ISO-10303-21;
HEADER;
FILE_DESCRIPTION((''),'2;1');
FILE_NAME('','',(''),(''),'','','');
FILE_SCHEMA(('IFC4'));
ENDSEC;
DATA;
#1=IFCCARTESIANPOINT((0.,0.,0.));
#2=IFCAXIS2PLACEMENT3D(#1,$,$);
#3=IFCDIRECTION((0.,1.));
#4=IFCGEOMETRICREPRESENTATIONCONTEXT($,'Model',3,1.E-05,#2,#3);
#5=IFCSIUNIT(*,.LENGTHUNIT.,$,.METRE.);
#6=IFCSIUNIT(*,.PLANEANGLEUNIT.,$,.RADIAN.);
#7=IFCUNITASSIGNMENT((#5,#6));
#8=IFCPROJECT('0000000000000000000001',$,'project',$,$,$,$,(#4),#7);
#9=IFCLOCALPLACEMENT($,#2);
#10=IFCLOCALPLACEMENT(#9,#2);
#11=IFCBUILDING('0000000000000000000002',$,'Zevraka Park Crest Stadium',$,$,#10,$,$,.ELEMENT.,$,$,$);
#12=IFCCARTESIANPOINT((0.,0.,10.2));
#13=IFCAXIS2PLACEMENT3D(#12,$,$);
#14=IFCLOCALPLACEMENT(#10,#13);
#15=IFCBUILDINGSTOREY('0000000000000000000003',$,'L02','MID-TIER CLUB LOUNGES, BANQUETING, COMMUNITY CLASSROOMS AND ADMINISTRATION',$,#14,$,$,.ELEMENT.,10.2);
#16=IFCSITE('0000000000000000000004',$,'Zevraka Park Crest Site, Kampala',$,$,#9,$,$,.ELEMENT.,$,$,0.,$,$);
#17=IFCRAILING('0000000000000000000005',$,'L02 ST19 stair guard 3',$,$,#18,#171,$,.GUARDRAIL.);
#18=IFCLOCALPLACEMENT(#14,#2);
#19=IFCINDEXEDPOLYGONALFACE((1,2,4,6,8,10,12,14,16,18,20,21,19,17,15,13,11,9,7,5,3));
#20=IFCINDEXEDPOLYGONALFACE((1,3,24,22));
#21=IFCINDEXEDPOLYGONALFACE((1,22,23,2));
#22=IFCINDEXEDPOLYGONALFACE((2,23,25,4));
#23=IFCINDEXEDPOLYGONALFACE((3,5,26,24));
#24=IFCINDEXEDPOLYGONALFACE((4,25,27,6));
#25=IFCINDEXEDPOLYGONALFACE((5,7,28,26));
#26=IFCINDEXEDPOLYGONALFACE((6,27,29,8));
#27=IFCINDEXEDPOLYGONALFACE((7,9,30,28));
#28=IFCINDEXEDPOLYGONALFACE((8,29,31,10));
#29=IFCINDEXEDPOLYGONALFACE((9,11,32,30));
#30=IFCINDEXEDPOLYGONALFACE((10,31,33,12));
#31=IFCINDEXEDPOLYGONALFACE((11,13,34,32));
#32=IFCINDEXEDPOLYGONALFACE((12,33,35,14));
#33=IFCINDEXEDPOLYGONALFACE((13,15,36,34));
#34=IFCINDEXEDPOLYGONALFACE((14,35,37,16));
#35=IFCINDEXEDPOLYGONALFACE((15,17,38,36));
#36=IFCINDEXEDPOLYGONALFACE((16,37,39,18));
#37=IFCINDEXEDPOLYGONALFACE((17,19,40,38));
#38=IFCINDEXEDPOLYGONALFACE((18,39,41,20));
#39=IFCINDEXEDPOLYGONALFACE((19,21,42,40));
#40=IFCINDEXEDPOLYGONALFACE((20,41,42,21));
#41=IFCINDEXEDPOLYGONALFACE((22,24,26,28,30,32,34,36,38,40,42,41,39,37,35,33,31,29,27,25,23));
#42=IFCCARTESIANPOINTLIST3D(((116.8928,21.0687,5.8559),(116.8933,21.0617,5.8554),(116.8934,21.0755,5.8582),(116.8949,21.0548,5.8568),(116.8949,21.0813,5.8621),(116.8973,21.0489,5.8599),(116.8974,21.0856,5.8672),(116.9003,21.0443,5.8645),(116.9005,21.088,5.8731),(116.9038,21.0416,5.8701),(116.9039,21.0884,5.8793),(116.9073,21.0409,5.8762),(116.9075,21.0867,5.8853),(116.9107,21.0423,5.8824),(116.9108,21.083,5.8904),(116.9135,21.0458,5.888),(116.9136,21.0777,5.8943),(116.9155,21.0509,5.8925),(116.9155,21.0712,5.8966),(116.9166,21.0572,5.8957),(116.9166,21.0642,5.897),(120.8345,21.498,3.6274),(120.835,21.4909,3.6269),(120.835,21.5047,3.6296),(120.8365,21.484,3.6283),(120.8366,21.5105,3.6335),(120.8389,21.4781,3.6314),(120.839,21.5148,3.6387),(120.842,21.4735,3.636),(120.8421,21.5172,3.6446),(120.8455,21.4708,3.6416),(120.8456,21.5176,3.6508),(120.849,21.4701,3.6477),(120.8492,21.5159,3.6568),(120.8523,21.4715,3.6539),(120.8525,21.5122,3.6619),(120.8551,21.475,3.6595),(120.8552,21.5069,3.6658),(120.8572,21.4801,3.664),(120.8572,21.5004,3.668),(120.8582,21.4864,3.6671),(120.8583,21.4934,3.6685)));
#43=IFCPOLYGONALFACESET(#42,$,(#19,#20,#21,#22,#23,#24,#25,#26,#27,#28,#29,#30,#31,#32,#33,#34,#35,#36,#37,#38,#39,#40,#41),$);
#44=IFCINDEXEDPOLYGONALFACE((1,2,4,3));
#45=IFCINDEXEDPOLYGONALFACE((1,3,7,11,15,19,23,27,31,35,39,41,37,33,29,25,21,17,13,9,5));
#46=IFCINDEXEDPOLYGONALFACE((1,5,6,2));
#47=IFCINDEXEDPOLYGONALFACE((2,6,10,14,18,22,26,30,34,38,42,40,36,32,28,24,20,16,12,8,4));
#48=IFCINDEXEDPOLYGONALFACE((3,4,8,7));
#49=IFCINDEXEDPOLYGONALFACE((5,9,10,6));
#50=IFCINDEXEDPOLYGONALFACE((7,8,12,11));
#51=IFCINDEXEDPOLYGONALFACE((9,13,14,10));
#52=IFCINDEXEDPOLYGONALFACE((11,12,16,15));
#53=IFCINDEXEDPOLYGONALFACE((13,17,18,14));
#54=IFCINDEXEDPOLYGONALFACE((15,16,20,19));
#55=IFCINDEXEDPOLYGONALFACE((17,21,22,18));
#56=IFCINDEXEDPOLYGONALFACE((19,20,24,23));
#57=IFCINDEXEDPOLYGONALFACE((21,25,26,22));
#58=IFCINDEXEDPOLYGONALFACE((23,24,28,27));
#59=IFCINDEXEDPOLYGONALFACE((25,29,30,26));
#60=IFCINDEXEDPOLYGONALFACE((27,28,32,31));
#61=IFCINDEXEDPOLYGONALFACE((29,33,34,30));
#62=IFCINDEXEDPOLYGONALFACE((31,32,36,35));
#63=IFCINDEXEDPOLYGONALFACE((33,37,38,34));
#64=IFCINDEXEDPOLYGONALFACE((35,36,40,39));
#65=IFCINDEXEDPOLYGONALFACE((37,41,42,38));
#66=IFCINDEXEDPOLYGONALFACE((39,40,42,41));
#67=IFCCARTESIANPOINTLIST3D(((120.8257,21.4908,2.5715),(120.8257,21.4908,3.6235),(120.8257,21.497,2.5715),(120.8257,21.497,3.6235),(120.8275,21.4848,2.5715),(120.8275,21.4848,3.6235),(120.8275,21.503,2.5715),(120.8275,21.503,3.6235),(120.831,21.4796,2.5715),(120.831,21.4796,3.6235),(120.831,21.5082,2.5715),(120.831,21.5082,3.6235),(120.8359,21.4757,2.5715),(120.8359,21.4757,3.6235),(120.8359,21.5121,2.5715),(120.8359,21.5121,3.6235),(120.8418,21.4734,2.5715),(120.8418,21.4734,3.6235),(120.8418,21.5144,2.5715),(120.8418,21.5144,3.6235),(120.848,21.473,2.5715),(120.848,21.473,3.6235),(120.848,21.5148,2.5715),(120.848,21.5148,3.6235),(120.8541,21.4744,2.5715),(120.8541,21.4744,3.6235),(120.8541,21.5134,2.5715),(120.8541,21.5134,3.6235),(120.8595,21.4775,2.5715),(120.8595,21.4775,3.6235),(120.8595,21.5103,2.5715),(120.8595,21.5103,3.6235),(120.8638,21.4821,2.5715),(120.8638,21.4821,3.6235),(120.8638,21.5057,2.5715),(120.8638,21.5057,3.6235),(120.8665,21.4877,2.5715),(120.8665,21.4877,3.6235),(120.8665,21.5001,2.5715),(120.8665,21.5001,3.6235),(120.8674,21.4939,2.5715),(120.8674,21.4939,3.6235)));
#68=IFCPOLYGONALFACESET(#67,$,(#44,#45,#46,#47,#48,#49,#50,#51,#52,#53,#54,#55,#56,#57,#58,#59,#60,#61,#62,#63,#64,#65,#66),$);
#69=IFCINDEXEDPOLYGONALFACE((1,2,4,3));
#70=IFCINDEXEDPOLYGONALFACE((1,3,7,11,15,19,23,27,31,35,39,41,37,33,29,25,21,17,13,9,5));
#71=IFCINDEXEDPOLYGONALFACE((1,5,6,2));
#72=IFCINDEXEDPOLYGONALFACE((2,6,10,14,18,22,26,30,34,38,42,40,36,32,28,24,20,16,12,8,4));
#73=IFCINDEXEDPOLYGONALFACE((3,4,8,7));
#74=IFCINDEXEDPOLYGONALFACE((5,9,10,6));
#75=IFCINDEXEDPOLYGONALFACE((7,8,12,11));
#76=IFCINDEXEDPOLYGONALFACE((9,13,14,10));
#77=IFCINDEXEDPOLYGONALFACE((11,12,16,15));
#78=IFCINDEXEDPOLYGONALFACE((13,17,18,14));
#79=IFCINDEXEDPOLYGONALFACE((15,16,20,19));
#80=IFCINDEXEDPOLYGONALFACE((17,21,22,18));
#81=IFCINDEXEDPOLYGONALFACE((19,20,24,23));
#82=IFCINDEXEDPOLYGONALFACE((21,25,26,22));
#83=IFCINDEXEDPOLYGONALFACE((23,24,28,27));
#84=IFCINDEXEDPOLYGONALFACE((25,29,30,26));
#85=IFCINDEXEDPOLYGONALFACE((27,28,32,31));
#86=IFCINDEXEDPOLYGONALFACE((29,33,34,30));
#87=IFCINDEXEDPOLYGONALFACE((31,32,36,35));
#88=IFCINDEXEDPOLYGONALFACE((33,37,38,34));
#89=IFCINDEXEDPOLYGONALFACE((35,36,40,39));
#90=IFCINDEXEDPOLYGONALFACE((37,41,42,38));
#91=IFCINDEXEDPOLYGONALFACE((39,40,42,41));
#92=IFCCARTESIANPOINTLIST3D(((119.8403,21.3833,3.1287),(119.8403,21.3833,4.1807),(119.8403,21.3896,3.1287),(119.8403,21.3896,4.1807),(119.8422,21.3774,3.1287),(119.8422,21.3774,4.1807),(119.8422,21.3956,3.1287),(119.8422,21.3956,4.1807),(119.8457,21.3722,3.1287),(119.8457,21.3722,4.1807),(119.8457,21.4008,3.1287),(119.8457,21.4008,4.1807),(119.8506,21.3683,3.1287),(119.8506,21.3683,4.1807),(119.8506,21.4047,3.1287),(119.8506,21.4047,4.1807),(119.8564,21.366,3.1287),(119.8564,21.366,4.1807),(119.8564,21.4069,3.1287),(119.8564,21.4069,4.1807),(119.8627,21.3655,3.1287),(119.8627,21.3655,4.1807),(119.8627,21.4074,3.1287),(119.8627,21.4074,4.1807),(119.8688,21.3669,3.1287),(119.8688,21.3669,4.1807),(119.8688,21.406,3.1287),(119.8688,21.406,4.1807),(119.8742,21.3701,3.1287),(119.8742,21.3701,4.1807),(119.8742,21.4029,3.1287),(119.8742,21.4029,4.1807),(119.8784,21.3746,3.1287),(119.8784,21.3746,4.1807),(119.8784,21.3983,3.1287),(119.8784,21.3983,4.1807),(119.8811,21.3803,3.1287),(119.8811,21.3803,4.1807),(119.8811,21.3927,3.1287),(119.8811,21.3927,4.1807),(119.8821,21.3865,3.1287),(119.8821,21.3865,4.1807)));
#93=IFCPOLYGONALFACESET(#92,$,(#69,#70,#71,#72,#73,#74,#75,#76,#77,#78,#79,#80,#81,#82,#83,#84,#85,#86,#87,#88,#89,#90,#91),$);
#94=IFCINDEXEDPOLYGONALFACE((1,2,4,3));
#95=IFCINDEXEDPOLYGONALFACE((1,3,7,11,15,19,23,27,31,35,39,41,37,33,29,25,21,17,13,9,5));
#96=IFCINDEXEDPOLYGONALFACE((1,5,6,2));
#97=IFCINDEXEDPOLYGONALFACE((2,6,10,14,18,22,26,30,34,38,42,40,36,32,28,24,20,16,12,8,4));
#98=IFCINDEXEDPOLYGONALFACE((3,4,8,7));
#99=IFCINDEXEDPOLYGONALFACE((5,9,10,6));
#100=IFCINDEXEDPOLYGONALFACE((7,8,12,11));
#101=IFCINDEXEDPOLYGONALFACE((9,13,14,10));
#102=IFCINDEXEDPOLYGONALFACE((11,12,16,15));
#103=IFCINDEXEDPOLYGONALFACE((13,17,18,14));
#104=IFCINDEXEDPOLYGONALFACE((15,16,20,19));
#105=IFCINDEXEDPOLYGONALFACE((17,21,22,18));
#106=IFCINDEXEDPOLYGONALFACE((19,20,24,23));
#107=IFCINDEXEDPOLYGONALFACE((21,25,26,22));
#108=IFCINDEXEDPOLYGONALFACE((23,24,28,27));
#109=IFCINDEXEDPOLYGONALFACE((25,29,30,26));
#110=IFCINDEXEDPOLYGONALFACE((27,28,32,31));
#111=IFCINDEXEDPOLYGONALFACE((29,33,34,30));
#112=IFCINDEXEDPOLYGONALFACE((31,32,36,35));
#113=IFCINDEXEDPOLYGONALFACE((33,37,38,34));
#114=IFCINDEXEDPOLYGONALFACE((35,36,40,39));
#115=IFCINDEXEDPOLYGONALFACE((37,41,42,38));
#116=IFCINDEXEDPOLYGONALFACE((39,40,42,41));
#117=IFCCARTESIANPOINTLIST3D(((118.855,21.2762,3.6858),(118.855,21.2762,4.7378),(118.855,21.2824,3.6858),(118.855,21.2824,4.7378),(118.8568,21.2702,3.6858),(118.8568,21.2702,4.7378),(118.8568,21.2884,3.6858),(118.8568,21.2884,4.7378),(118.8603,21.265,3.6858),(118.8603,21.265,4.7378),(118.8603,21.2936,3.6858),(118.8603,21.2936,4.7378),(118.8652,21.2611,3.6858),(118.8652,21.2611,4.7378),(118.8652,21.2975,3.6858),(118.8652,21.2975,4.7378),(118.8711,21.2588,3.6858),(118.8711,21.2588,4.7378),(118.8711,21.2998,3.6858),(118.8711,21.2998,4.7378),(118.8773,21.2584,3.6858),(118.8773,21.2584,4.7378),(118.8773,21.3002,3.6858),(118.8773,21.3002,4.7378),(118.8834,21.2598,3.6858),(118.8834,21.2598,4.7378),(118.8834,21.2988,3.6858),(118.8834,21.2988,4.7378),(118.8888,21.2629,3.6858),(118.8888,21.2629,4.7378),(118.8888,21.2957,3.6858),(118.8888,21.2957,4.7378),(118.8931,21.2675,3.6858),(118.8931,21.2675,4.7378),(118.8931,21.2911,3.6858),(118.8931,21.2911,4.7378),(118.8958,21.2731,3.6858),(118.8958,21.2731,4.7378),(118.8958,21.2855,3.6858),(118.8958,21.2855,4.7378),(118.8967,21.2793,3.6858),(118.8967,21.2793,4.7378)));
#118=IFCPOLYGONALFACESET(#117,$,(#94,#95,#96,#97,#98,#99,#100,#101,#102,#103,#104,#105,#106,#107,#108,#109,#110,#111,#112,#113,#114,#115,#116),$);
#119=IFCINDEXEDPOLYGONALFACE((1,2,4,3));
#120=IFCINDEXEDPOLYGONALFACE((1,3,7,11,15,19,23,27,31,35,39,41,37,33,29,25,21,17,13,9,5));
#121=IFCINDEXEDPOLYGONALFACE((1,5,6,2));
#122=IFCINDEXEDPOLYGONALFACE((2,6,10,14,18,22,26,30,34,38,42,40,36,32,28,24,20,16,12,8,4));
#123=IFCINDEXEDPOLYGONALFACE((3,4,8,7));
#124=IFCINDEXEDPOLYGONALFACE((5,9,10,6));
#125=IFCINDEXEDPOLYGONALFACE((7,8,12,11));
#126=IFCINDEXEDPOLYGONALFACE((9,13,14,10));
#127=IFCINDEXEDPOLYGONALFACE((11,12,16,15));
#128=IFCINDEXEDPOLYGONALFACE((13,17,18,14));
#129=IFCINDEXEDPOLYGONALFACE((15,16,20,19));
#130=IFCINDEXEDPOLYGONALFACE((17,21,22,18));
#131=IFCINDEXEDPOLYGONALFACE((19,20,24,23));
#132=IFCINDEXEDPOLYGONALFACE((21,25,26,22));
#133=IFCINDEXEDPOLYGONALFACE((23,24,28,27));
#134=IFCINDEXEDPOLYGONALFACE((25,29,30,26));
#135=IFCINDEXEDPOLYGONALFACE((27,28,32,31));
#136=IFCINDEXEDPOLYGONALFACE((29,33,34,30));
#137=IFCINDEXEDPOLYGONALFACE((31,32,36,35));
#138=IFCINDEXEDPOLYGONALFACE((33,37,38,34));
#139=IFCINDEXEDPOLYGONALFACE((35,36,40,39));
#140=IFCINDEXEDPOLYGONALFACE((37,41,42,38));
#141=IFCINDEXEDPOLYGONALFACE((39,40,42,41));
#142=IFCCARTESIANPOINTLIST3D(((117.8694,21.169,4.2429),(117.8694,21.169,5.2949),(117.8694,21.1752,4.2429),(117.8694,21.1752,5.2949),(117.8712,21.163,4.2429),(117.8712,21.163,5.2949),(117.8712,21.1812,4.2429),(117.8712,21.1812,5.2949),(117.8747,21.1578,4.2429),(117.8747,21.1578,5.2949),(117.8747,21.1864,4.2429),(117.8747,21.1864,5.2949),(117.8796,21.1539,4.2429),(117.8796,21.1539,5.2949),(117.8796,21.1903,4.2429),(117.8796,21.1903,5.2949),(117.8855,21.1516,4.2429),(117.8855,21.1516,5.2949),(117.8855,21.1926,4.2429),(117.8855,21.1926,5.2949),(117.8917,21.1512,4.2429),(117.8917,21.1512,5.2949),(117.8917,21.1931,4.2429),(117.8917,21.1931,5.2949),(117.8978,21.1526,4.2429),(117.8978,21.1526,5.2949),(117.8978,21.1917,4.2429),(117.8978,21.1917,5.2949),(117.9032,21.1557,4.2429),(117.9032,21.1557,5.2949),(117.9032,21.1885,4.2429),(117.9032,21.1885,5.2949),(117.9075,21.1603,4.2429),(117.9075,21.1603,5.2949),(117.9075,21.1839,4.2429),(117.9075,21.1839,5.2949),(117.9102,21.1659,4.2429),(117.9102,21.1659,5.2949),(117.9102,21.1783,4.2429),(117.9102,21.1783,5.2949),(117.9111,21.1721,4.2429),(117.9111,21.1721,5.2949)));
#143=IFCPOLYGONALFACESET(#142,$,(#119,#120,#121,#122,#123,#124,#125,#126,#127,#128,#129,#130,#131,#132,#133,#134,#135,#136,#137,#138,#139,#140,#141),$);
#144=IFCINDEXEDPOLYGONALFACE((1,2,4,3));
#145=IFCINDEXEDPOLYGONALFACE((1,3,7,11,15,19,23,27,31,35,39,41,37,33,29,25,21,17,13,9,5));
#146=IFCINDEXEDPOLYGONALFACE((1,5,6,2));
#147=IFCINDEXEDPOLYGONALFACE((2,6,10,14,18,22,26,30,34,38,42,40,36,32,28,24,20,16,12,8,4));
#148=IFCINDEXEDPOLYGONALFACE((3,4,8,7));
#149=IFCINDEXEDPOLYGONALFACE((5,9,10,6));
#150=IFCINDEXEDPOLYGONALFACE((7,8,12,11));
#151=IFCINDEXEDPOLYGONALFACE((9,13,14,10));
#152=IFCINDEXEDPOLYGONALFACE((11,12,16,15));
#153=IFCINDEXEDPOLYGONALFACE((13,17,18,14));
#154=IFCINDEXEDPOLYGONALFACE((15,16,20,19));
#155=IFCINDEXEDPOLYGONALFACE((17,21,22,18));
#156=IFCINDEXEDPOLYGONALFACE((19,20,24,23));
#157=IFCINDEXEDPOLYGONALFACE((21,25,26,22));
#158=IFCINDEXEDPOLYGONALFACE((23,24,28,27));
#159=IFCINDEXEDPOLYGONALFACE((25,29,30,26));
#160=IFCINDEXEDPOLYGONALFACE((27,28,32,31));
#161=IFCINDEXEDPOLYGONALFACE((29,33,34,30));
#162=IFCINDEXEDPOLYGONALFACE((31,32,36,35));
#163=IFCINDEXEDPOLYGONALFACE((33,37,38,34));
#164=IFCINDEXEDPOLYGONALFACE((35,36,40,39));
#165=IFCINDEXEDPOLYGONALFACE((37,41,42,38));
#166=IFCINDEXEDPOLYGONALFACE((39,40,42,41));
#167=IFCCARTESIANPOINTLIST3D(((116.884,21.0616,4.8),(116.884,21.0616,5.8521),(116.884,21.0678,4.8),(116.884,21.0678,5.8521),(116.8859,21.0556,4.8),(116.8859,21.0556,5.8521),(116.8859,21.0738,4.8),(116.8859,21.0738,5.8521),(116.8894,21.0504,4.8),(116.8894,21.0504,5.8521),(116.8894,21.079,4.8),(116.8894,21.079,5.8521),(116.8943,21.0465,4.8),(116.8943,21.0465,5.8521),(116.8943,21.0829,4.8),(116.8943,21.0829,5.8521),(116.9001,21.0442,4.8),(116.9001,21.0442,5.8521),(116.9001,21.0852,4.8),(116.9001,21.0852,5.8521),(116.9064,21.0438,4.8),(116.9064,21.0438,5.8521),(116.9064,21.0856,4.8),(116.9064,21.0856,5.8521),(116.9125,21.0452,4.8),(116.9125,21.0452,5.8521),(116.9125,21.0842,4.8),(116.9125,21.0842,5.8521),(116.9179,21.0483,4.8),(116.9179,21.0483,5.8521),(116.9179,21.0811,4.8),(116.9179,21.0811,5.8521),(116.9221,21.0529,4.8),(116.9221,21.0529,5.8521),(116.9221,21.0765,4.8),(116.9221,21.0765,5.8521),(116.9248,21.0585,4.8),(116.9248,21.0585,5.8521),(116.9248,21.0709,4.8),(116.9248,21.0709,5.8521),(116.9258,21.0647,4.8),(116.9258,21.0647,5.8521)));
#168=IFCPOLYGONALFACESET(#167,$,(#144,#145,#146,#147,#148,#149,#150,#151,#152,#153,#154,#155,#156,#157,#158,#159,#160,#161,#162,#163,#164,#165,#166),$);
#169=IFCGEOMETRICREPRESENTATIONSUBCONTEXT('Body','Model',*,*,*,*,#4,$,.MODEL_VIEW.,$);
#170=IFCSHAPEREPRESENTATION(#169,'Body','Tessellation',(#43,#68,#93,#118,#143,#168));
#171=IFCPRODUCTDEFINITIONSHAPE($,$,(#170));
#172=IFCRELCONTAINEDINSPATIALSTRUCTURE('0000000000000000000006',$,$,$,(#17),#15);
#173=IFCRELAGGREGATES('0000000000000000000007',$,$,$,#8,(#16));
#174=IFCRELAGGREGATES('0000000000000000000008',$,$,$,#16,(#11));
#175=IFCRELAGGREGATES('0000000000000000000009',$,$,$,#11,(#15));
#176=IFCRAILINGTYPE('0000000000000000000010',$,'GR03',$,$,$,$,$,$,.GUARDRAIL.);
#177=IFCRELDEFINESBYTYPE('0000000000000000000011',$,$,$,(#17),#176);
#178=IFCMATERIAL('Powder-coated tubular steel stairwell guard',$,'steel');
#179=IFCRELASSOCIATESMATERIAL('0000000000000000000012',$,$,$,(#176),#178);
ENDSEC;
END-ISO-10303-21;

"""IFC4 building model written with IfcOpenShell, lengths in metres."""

from ifc_helpers import new_model, si_unit, direction, frame, origin, origin_2d, place, context, subcontext, project, spatial, circle, extrude, material, type_object, element, save


model = new_model("IFC4")

# Units and contexts
model_context = context("Model", 3, precision=1e-05, world=origin(), true_north=direction((0.0, 1.0)))
body_context = subcontext(model_context, "Body", "Model", "MODEL_VIEW")
ifc_project = project(units=[si_unit("LENGTHUNIT", "METRE"), si_unit("PLANEANGLEUNIT", "RADIAN")], contexts=[model_context])

# Site, building, storey
site_placement = place(None, origin())
site = spatial("IfcSite", under=ifc_project, at=site_placement, Name="Zevraka Park Crest Site, Kampala", CompositionType="ELEMENT", RefElevation=0.0)
building_placement = place(site_placement, origin())
building = spatial("IfcBuilding", under=site, at=building_placement, Name="Zevraka Park Crest Stadium", CompositionType="ELEMENT")
storey_placement = place(building_placement, frame((0.0, 0.0, 10.2)))
storey = spatial("IfcBuildingStorey", under=building, at=storey_placement, Name="L02", Description="MID-TIER CLUB LOUNGES, BANQUETING, COMMUNITY CLASSROOMS AND ADMINISTRATION", CompositionType="ELEMENT", Elevation=10.2)

# Railing
ifc_material_1 = material(Name="Powder-coated tubular steel stairwell guard", Category="steel")
railing_type_1 = type_object("IfcRailingType", Name="GR03", PredefinedType="GUARDRAIL", material=ifc_material_1)
railing_1_placement = place(storey_placement, frame((120.8464, 21.4939, 2.5715)))
element("IfcRailing", 1, at=railing_1_placement, inside=storey, type_object=railing_type_1, Name="L02 ST19 stair guard 3", PredefinedType="GUARDRAIL", context=body_context, shape_type="SweptSolid", body=[
    extrude(circle(Radius=0.0239, at=origin_2d()), frame((0.0, 0.0, 1.0762), z_axis=(-0.866619, -0.094365, 0.489966), x_axis=(0.108248, -0.994124, 0.0)), (0.0, 0.0, 1.0), 4.5483),
    extrude(circle(Radius=0.021, at=origin_2d()), origin(), (0.0, 0.0, 1.0), 1.052),
    extrude(circle(Radius=0.021, at=origin_2d()), frame((-0.9854, -0.1074, 0.5571)), (0.0, 0.0, 1.0), 1.052),
    extrude(circle(Radius=0.021, at=origin_2d()), frame((-1.9707, -0.2146, 1.1143)), (0.0, 0.0, 1.0), 1.052),
    extrude(circle(Radius=0.021, at=origin_2d()), frame((-2.9563, -0.3218, 1.6714)), (0.0, 0.0, 1.0), 1.052),
    extrude(circle(Radius=0.021, at=origin_2d()), frame((-3.9417, -0.4292, 2.2285)), (0.0, 0.0, 1.0), 1.052),
])

save(model, "model.ifc")
